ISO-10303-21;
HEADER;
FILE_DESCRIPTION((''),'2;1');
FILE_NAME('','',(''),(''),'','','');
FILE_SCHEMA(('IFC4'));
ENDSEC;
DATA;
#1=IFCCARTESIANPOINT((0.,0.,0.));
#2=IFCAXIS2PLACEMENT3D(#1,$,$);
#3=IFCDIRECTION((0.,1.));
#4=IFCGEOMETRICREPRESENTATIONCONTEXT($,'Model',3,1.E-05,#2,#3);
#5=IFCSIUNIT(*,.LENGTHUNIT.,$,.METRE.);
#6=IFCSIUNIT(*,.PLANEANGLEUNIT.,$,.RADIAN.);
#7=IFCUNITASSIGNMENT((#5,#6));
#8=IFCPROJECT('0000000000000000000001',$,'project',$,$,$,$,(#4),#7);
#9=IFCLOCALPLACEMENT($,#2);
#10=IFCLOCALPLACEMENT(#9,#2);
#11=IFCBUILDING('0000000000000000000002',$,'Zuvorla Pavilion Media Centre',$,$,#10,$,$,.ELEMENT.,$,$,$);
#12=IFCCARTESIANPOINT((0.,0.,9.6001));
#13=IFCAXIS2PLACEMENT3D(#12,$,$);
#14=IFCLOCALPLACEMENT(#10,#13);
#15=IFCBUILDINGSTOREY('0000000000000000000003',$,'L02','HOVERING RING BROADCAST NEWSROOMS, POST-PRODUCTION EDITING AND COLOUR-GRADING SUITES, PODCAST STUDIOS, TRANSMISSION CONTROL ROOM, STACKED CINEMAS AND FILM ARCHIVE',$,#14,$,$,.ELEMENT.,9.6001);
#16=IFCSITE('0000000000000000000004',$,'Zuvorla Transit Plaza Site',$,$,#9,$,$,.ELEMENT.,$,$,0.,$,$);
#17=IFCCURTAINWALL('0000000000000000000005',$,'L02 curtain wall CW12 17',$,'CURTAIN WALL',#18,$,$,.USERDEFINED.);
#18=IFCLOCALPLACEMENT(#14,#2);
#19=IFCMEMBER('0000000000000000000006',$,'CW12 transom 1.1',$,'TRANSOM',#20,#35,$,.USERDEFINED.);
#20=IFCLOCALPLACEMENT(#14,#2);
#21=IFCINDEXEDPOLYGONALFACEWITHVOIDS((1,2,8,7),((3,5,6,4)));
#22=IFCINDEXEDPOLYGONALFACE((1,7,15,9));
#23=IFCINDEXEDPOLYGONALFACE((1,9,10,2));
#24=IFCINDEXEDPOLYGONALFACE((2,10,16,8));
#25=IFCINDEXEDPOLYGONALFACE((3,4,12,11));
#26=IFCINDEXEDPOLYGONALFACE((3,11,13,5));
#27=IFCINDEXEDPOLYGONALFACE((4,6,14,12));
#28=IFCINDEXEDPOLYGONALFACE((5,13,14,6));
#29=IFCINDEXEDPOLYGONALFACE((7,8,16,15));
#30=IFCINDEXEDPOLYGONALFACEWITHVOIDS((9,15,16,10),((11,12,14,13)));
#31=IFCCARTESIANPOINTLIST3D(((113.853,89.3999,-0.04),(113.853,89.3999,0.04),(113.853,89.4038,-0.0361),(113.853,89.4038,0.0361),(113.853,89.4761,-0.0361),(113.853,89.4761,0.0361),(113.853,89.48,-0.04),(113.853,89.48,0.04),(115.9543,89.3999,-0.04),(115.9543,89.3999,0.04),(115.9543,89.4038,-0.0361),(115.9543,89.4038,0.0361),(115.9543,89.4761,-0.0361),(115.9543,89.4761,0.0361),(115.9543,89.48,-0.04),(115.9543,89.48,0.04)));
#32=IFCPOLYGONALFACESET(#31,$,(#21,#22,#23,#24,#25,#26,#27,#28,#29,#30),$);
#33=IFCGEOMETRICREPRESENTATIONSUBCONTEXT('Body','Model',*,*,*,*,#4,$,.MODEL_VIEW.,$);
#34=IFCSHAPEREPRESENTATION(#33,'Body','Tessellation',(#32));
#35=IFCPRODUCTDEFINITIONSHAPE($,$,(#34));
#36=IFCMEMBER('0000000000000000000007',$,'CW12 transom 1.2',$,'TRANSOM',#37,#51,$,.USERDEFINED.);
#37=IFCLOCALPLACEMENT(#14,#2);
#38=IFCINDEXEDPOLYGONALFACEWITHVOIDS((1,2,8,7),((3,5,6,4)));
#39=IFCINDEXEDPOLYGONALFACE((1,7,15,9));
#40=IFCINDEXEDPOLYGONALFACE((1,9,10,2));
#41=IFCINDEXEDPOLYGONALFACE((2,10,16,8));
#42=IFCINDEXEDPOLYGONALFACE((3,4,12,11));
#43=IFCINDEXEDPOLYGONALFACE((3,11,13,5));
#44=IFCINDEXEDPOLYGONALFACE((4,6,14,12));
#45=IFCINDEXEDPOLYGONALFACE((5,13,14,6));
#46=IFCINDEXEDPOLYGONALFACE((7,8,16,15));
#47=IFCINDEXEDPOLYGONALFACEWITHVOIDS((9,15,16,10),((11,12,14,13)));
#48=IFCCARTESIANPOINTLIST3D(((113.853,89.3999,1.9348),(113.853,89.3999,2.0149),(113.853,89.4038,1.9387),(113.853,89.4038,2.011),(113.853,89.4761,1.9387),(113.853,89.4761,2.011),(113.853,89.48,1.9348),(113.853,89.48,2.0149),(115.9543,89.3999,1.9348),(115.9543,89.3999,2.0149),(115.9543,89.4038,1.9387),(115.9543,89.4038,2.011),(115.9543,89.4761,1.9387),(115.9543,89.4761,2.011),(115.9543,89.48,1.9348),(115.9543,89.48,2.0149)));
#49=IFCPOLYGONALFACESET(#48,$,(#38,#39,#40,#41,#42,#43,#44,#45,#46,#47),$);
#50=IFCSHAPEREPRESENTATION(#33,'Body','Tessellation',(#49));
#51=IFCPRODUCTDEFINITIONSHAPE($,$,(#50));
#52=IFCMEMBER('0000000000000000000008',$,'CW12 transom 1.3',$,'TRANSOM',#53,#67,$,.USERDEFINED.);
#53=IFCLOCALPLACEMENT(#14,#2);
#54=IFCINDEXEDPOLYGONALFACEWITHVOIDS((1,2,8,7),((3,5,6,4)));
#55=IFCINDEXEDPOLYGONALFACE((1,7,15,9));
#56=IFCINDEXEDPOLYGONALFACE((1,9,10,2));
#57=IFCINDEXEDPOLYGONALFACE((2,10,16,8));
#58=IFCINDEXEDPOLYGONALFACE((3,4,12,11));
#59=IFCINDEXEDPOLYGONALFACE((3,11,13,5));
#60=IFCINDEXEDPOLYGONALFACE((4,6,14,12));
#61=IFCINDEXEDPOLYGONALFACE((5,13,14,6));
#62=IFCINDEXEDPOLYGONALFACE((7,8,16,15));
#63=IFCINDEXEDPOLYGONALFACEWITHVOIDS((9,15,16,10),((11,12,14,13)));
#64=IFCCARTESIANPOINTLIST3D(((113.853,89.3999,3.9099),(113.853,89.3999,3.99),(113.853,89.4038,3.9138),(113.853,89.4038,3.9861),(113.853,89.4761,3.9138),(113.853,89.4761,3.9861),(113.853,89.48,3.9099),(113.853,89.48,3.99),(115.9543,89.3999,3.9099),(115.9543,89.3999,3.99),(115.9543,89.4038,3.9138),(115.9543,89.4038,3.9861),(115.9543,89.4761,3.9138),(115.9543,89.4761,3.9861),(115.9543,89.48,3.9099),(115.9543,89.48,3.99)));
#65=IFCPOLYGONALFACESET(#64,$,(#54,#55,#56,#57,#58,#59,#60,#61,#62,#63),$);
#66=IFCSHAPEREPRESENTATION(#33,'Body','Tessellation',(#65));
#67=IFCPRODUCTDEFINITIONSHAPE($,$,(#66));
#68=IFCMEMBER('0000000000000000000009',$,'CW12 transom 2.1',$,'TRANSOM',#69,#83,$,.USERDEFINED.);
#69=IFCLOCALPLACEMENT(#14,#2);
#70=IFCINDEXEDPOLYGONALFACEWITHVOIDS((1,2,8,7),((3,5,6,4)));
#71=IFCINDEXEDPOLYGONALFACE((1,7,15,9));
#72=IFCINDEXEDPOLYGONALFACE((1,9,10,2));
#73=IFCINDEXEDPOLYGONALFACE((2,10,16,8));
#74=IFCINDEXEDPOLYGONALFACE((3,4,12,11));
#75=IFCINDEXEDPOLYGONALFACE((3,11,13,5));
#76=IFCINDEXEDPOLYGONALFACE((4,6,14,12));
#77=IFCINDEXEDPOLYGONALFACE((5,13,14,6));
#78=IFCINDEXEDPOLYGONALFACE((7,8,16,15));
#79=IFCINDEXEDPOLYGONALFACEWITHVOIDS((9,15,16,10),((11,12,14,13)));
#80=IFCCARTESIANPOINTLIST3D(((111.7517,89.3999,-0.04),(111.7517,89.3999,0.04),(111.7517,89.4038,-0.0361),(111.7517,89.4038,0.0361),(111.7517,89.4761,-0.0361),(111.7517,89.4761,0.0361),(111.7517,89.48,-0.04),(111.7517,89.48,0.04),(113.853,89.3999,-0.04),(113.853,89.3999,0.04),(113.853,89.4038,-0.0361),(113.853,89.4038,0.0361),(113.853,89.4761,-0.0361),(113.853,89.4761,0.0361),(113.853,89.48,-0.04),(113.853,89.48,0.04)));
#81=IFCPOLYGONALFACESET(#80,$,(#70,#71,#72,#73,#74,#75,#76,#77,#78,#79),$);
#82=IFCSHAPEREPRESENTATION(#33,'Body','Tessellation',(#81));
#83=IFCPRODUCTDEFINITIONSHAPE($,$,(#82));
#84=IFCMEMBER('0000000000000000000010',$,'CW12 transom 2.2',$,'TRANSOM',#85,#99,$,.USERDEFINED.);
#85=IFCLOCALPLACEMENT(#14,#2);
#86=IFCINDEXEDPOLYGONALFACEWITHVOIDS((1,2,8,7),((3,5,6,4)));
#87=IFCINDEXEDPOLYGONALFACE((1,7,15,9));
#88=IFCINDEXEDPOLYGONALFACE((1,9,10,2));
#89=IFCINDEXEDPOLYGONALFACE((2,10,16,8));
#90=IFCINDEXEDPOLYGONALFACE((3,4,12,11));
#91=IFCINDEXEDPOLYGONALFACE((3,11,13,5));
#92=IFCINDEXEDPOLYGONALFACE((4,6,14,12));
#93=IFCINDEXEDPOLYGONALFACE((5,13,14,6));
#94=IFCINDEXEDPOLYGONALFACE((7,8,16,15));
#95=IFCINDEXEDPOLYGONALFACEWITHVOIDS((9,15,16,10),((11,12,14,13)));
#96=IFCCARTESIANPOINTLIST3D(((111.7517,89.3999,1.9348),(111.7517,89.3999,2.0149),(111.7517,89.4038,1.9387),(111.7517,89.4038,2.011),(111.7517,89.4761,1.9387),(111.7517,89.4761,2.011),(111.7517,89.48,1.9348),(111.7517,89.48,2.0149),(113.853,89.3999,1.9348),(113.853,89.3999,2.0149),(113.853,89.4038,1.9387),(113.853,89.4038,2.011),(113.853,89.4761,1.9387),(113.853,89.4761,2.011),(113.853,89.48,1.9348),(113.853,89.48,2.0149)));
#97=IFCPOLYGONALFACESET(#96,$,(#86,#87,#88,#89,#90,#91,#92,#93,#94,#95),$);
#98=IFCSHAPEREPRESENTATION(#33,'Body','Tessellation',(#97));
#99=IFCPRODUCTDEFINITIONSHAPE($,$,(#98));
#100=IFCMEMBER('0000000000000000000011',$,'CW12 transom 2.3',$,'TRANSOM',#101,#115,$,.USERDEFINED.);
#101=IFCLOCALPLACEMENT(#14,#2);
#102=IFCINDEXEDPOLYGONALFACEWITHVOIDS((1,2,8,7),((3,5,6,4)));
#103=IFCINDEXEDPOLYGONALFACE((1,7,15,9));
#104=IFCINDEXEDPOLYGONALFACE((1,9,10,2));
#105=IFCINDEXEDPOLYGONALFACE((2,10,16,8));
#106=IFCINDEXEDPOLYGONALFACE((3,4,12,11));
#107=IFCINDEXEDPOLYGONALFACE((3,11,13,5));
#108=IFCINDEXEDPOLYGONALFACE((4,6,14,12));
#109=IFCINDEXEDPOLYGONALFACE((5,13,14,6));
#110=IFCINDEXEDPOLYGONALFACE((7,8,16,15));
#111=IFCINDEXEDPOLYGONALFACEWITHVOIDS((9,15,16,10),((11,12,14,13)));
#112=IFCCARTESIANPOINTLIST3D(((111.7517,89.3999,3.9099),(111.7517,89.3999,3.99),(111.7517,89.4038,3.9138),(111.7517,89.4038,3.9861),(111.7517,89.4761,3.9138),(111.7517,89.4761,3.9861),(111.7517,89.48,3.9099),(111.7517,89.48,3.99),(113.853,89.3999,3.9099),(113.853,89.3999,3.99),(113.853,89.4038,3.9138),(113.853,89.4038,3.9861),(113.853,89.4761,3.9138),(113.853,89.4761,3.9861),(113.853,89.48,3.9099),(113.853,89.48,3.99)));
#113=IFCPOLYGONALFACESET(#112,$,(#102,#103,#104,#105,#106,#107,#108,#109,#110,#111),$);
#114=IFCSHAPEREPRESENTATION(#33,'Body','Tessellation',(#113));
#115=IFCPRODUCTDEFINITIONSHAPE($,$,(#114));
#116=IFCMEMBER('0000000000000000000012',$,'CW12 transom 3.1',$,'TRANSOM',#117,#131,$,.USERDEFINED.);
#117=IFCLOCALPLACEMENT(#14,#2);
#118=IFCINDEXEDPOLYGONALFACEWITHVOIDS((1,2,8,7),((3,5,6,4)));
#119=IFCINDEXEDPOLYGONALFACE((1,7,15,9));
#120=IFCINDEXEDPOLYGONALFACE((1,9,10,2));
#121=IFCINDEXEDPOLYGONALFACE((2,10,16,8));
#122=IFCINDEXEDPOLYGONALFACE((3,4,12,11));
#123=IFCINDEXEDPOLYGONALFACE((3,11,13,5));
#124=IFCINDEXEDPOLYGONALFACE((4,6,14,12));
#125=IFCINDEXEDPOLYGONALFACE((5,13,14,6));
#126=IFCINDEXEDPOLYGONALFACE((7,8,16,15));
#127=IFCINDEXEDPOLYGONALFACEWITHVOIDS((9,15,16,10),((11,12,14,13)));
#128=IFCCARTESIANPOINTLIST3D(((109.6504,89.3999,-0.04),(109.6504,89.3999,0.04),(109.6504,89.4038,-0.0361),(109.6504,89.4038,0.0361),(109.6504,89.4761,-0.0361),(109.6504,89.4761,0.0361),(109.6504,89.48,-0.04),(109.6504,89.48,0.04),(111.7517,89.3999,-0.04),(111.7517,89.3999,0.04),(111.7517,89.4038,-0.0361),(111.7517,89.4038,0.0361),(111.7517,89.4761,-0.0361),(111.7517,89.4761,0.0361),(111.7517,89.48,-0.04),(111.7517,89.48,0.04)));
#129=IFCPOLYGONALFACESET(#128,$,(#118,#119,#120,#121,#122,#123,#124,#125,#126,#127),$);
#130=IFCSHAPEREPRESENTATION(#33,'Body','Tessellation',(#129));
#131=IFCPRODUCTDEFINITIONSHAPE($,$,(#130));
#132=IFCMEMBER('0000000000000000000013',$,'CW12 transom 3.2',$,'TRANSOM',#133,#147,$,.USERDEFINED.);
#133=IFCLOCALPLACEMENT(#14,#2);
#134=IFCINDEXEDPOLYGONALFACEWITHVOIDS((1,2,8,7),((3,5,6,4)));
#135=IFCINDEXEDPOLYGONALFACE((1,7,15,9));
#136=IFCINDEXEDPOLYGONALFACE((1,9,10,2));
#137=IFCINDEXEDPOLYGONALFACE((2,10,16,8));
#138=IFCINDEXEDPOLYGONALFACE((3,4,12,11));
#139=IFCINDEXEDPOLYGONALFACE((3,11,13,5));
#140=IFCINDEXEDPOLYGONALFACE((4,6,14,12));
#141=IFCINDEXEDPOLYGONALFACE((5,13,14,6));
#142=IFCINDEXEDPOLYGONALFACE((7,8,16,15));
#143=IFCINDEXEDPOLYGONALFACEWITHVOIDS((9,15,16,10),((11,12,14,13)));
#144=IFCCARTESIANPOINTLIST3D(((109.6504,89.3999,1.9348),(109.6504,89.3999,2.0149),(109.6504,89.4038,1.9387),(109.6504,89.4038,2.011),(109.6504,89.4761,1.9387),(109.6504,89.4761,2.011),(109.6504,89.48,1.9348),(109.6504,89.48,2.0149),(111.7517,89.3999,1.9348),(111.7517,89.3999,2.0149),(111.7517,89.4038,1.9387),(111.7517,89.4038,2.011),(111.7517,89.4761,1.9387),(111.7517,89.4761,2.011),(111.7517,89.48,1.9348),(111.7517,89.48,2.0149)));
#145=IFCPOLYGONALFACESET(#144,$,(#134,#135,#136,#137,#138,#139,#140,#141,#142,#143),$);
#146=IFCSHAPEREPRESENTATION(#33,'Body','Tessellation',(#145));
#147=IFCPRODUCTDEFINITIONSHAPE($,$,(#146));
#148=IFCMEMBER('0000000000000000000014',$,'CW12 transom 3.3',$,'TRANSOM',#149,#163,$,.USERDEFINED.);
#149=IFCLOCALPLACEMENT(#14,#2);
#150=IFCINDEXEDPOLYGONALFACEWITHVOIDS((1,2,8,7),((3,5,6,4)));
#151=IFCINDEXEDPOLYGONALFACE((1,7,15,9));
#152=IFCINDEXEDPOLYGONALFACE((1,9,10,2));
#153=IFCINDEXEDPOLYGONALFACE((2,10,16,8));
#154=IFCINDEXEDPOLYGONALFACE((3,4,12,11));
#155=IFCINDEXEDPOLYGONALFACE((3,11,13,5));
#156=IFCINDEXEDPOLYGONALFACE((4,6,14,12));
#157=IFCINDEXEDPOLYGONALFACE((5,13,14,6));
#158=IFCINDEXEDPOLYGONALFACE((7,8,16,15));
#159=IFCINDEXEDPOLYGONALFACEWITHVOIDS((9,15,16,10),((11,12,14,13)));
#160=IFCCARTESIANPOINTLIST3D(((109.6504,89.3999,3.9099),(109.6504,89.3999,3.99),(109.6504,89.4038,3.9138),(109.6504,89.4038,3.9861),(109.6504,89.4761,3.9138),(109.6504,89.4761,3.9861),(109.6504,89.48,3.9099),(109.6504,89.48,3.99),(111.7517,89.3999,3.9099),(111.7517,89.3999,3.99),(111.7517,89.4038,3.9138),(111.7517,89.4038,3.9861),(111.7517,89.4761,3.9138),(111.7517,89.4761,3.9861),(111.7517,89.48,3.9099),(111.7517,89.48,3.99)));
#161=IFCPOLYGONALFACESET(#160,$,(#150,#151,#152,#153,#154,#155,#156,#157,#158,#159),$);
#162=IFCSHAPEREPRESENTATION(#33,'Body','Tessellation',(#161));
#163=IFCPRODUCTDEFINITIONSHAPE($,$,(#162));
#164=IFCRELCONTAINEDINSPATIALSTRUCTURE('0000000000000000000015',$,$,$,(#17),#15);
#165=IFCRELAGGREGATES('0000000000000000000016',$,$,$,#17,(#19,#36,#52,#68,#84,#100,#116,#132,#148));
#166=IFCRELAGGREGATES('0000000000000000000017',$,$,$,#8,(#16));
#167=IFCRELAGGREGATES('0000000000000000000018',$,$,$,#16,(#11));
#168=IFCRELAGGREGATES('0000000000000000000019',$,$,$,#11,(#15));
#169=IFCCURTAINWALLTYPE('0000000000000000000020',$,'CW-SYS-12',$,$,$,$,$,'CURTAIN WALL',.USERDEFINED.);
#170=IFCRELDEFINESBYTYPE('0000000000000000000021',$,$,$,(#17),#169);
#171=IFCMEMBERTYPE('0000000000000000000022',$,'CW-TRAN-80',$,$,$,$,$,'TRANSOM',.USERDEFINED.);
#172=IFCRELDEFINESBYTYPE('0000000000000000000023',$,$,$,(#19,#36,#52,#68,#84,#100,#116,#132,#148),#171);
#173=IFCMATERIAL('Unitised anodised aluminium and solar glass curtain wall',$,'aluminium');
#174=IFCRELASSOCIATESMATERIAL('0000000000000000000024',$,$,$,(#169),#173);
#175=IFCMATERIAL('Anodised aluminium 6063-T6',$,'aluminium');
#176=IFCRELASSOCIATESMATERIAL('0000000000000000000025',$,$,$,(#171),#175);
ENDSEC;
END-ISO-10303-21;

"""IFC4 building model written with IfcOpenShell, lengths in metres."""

from ifc_helpers import new_model, si_unit, direction, frame, origin, origin_2d, place, context, subcontext, project, spatial, hollow_rectangle, extrude, material, material_profile, profile_set, type_object, element, aggregate, save


model = new_model("IFC4")

# Units and contexts
model_context = context("Model", 3, precision=1e-05, world=origin(), true_north=direction((0.0, 1.0)))
body_context = subcontext(model_context, "Body", "Model", "MODEL_VIEW")
ifc_project = project(units=[si_unit("LENGTHUNIT", "METRE"), si_unit("PLANEANGLEUNIT", "RADIAN")], contexts=[model_context])

# Site, building, storey
site_placement = place(None, origin())
site = spatial("IfcSite", under=ifc_project, at=site_placement, Name="Zuvorla Transit Plaza Site", CompositionType="ELEMENT", RefElevation=0.0)
building_placement = place(site_placement, origin())
building = spatial("IfcBuilding", under=site, at=building_placement, Name="Zuvorla Pavilion Media Centre", CompositionType="ELEMENT")
storey_placement = place(building_placement, frame((0.0, 0.0, 9.6001)))
storey = spatial("IfcBuildingStorey", under=building, at=storey_placement, Name="L02", Description="HOVERING RING BROADCAST NEWSROOMS, POST-PRODUCTION EDITING AND COLOUR-GRADING SUITES, PODCAST STUDIOS, TRANSMISSION CONTROL ROOM, STACKED CINEMAS AND FILM ARCHIVE", CompositionType="ELEMENT", Elevation=9.6001)

# Curtain wall, members
ifc_material_1 = material(Name="Unitised anodised aluminium and solar glass curtain wall", Category="aluminium")
curtain_wall_type = type_object("IfcCurtainWallType", Name="CW-SYS-12", ElementType="CURTAIN WALL", PredefinedType="USERDEFINED", material=ifc_material_1)
curtain_wall_placement = place(storey_placement, origin())
curtain_wall = element("IfcCurtainWall", 1, at=curtain_wall_placement, inside=storey, type_object=curtain_wall_type, Name="L02 curtain wall CW12 17", ObjectType="CURTAIN WALL", PredefinedType="USERDEFINED")
ifc_material_2 = material(Name="Anodised aluminium 6063-T6", Category="aluminium")
ifc_material_profile_1 = material_profile(ifc_material_2, hollow_rectangle(XDim=0.0801, YDim=0.0801, WallThickness=0.0039, at=origin_2d()), Name="ALU TRAN 80x80")
ifc_profile_set_1 = profile_set([ifc_material_profile_1], Name="Anodised aluminium 6063-T6")
member_type_1 = type_object("IfcMemberType", Name="CW-TRAN-80", ElementType="TRANSOM", PredefinedType="USERDEFINED", material=ifc_profile_set_1)
member_1_placement = place(storey_placement, frame((115.9543, 89.4399, 0.0), z_axis=(-1.0, 0.0, 0.0), x_axis=(0.0, -1.0, 0.0)))
member_1 = element("IfcMember", 2, at=member_1_placement, type_object=member_type_1, Name="CW12 transom 1.1", ObjectType="TRANSOM", PredefinedType="USERDEFINED", context=body_context, shape_type="SweptSolid", body=[
    extrude(hollow_rectangle(XDim=0.0801, YDim=0.0801, WallThickness=0.0039, at=origin_2d()), origin(), (0.0, 0.0, 1.0), 2.1013),
])
member_2_placement = place(storey_placement, frame((115.9543, 89.4399, 1.9749), z_axis=(-1.0, 0.0, 0.0), x_axis=(0.0, -1.0, 0.0)))
member_2 = element("IfcMember", 3, at=member_2_placement, type_object=member_type_1, Name="CW12 transom 1.2", ObjectType="TRANSOM", PredefinedType="USERDEFINED", context=body_context, shape_type="SweptSolid", body=[
    extrude(hollow_rectangle(XDim=0.0801, YDim=0.0801, WallThickness=0.0039, at=origin_2d()), origin(), (0.0, 0.0, 1.0), 2.1013),
])
member_3_placement = place(storey_placement, frame((115.9543, 89.4399, 3.95), z_axis=(-1.0, 0.0, 0.0), x_axis=(0.0, -1.0, 0.0)))
member_3 = element("IfcMember", 4, at=member_3_placement, type_object=member_type_1, Name="CW12 transom 1.3", ObjectType="TRANSOM", PredefinedType="USERDEFINED", context=body_context, shape_type="SweptSolid", body=[
    extrude(hollow_rectangle(XDim=0.0801, YDim=0.0801, WallThickness=0.0039, at=origin_2d()), origin(), (0.0, 0.0, 1.0), 2.1013),
])
member_4_placement = place(storey_placement, frame((113.853, 89.4399, 0.0), z_axis=(-1.0, 0.0, 0.0), x_axis=(0.0, -1.0, 0.0)))
member_4 = element("IfcMember", 5, at=member_4_placement, type_object=member_type_1, Name="CW12 transom 2.1", ObjectType="TRANSOM", PredefinedType="USERDEFINED", context=body_context, shape_type="SweptSolid", body=[
    extrude(hollow_rectangle(XDim=0.0801, YDim=0.0801, WallThickness=0.0039, at=origin_2d()), origin(), (0.0, 0.0, 1.0), 2.1013),
])
member_5_placement = place(storey_placement, frame((113.853, 89.4399, 1.9749), z_axis=(-1.0, 0.0, 0.0), x_axis=(0.0, -1.0, 0.0)))
member_5 = element("IfcMember", 6, at=member_5_placement, type_object=member_type_1, Name="CW12 transom 2.2", ObjectType="TRANSOM", PredefinedType="USERDEFINED", context=body_context, shape_type="SweptSolid", body=[
    extrude(hollow_rectangle(XDim=0.0801, YDim=0.0801, WallThickness=0.0039, at=origin_2d()), origin(), (0.0, 0.0, 1.0), 2.1013),
])
member_6_placement = place(storey_placement, frame((113.853, 89.4399, 3.95), z_axis=(-1.0, 0.0, 0.0), x_axis=(0.0, -1.0, 0.0)))
member_6 = element("IfcMember", 7, at=member_6_placement, type_object=member_type_1, Name="CW12 transom 2.3", ObjectType="TRANSOM", PredefinedType="USERDEFINED", context=body_context, shape_type="SweptSolid", body=[
    extrude(hollow_rectangle(XDim=0.0801, YDim=0.0801, WallThickness=0.0039, at=origin_2d()), origin(), (0.0, 0.0, 1.0), 2.1013),
])
member_7_placement = place(storey_placement, frame((111.7517, 89.4399, 0.0), z_axis=(-1.0, 0.0, 0.0), x_axis=(0.0, -1.0, 0.0)))
member_7 = element("IfcMember", 8, at=member_7_placement, type_object=member_type_1, Name="CW12 transom 3.1", ObjectType="TRANSOM", PredefinedType="USERDEFINED", context=body_context, shape_type="SweptSolid", body=[
    extrude(hollow_rectangle(XDim=0.0801, YDim=0.0801, WallThickness=0.0039, at=origin_2d()), origin(), (0.0, 0.0, 1.0), 2.1013),
])
member_8_placement = place(storey_placement, frame((111.7517, 89.4399, 1.9749), z_axis=(-1.0, 0.0, 0.0), x_axis=(0.0, -1.0, 0.0)))
member_8 = element("IfcMember", 9, at=member_8_placement, type_object=member_type_1, Name="CW12 transom 3.2", ObjectType="TRANSOM", PredefinedType="USERDEFINED", context=body_context, shape_type="SweptSolid", body=[
    extrude(hollow_rectangle(XDim=0.0801, YDim=0.0801, WallThickness=0.0039, at=origin_2d()), origin(), (0.0, 0.0, 1.0), 2.1013),
])
member_9_placement = place(storey_placement, frame((111.7517, 89.4399, 3.95), z_axis=(-1.0, 0.0, 0.0), x_axis=(0.0, -1.0, 0.0)))
member_9 = element("IfcMember", 10, at=member_9_placement, type_object=member_type_1, Name="CW12 transom 3.3", ObjectType="TRANSOM", PredefinedType="USERDEFINED", context=body_context, shape_type="SweptSolid", body=[
    extrude(hollow_rectangle(XDim=0.0801, YDim=0.0801, WallThickness=0.0039, at=origin_2d()), origin(), (0.0, 0.0, 1.0), 2.1013),
])

aggregate(curtain_wall, [member_1, member_2, member_3, member_4, member_5, member_6, member_7, member_8, member_9])

save(model, "model.ifc")
